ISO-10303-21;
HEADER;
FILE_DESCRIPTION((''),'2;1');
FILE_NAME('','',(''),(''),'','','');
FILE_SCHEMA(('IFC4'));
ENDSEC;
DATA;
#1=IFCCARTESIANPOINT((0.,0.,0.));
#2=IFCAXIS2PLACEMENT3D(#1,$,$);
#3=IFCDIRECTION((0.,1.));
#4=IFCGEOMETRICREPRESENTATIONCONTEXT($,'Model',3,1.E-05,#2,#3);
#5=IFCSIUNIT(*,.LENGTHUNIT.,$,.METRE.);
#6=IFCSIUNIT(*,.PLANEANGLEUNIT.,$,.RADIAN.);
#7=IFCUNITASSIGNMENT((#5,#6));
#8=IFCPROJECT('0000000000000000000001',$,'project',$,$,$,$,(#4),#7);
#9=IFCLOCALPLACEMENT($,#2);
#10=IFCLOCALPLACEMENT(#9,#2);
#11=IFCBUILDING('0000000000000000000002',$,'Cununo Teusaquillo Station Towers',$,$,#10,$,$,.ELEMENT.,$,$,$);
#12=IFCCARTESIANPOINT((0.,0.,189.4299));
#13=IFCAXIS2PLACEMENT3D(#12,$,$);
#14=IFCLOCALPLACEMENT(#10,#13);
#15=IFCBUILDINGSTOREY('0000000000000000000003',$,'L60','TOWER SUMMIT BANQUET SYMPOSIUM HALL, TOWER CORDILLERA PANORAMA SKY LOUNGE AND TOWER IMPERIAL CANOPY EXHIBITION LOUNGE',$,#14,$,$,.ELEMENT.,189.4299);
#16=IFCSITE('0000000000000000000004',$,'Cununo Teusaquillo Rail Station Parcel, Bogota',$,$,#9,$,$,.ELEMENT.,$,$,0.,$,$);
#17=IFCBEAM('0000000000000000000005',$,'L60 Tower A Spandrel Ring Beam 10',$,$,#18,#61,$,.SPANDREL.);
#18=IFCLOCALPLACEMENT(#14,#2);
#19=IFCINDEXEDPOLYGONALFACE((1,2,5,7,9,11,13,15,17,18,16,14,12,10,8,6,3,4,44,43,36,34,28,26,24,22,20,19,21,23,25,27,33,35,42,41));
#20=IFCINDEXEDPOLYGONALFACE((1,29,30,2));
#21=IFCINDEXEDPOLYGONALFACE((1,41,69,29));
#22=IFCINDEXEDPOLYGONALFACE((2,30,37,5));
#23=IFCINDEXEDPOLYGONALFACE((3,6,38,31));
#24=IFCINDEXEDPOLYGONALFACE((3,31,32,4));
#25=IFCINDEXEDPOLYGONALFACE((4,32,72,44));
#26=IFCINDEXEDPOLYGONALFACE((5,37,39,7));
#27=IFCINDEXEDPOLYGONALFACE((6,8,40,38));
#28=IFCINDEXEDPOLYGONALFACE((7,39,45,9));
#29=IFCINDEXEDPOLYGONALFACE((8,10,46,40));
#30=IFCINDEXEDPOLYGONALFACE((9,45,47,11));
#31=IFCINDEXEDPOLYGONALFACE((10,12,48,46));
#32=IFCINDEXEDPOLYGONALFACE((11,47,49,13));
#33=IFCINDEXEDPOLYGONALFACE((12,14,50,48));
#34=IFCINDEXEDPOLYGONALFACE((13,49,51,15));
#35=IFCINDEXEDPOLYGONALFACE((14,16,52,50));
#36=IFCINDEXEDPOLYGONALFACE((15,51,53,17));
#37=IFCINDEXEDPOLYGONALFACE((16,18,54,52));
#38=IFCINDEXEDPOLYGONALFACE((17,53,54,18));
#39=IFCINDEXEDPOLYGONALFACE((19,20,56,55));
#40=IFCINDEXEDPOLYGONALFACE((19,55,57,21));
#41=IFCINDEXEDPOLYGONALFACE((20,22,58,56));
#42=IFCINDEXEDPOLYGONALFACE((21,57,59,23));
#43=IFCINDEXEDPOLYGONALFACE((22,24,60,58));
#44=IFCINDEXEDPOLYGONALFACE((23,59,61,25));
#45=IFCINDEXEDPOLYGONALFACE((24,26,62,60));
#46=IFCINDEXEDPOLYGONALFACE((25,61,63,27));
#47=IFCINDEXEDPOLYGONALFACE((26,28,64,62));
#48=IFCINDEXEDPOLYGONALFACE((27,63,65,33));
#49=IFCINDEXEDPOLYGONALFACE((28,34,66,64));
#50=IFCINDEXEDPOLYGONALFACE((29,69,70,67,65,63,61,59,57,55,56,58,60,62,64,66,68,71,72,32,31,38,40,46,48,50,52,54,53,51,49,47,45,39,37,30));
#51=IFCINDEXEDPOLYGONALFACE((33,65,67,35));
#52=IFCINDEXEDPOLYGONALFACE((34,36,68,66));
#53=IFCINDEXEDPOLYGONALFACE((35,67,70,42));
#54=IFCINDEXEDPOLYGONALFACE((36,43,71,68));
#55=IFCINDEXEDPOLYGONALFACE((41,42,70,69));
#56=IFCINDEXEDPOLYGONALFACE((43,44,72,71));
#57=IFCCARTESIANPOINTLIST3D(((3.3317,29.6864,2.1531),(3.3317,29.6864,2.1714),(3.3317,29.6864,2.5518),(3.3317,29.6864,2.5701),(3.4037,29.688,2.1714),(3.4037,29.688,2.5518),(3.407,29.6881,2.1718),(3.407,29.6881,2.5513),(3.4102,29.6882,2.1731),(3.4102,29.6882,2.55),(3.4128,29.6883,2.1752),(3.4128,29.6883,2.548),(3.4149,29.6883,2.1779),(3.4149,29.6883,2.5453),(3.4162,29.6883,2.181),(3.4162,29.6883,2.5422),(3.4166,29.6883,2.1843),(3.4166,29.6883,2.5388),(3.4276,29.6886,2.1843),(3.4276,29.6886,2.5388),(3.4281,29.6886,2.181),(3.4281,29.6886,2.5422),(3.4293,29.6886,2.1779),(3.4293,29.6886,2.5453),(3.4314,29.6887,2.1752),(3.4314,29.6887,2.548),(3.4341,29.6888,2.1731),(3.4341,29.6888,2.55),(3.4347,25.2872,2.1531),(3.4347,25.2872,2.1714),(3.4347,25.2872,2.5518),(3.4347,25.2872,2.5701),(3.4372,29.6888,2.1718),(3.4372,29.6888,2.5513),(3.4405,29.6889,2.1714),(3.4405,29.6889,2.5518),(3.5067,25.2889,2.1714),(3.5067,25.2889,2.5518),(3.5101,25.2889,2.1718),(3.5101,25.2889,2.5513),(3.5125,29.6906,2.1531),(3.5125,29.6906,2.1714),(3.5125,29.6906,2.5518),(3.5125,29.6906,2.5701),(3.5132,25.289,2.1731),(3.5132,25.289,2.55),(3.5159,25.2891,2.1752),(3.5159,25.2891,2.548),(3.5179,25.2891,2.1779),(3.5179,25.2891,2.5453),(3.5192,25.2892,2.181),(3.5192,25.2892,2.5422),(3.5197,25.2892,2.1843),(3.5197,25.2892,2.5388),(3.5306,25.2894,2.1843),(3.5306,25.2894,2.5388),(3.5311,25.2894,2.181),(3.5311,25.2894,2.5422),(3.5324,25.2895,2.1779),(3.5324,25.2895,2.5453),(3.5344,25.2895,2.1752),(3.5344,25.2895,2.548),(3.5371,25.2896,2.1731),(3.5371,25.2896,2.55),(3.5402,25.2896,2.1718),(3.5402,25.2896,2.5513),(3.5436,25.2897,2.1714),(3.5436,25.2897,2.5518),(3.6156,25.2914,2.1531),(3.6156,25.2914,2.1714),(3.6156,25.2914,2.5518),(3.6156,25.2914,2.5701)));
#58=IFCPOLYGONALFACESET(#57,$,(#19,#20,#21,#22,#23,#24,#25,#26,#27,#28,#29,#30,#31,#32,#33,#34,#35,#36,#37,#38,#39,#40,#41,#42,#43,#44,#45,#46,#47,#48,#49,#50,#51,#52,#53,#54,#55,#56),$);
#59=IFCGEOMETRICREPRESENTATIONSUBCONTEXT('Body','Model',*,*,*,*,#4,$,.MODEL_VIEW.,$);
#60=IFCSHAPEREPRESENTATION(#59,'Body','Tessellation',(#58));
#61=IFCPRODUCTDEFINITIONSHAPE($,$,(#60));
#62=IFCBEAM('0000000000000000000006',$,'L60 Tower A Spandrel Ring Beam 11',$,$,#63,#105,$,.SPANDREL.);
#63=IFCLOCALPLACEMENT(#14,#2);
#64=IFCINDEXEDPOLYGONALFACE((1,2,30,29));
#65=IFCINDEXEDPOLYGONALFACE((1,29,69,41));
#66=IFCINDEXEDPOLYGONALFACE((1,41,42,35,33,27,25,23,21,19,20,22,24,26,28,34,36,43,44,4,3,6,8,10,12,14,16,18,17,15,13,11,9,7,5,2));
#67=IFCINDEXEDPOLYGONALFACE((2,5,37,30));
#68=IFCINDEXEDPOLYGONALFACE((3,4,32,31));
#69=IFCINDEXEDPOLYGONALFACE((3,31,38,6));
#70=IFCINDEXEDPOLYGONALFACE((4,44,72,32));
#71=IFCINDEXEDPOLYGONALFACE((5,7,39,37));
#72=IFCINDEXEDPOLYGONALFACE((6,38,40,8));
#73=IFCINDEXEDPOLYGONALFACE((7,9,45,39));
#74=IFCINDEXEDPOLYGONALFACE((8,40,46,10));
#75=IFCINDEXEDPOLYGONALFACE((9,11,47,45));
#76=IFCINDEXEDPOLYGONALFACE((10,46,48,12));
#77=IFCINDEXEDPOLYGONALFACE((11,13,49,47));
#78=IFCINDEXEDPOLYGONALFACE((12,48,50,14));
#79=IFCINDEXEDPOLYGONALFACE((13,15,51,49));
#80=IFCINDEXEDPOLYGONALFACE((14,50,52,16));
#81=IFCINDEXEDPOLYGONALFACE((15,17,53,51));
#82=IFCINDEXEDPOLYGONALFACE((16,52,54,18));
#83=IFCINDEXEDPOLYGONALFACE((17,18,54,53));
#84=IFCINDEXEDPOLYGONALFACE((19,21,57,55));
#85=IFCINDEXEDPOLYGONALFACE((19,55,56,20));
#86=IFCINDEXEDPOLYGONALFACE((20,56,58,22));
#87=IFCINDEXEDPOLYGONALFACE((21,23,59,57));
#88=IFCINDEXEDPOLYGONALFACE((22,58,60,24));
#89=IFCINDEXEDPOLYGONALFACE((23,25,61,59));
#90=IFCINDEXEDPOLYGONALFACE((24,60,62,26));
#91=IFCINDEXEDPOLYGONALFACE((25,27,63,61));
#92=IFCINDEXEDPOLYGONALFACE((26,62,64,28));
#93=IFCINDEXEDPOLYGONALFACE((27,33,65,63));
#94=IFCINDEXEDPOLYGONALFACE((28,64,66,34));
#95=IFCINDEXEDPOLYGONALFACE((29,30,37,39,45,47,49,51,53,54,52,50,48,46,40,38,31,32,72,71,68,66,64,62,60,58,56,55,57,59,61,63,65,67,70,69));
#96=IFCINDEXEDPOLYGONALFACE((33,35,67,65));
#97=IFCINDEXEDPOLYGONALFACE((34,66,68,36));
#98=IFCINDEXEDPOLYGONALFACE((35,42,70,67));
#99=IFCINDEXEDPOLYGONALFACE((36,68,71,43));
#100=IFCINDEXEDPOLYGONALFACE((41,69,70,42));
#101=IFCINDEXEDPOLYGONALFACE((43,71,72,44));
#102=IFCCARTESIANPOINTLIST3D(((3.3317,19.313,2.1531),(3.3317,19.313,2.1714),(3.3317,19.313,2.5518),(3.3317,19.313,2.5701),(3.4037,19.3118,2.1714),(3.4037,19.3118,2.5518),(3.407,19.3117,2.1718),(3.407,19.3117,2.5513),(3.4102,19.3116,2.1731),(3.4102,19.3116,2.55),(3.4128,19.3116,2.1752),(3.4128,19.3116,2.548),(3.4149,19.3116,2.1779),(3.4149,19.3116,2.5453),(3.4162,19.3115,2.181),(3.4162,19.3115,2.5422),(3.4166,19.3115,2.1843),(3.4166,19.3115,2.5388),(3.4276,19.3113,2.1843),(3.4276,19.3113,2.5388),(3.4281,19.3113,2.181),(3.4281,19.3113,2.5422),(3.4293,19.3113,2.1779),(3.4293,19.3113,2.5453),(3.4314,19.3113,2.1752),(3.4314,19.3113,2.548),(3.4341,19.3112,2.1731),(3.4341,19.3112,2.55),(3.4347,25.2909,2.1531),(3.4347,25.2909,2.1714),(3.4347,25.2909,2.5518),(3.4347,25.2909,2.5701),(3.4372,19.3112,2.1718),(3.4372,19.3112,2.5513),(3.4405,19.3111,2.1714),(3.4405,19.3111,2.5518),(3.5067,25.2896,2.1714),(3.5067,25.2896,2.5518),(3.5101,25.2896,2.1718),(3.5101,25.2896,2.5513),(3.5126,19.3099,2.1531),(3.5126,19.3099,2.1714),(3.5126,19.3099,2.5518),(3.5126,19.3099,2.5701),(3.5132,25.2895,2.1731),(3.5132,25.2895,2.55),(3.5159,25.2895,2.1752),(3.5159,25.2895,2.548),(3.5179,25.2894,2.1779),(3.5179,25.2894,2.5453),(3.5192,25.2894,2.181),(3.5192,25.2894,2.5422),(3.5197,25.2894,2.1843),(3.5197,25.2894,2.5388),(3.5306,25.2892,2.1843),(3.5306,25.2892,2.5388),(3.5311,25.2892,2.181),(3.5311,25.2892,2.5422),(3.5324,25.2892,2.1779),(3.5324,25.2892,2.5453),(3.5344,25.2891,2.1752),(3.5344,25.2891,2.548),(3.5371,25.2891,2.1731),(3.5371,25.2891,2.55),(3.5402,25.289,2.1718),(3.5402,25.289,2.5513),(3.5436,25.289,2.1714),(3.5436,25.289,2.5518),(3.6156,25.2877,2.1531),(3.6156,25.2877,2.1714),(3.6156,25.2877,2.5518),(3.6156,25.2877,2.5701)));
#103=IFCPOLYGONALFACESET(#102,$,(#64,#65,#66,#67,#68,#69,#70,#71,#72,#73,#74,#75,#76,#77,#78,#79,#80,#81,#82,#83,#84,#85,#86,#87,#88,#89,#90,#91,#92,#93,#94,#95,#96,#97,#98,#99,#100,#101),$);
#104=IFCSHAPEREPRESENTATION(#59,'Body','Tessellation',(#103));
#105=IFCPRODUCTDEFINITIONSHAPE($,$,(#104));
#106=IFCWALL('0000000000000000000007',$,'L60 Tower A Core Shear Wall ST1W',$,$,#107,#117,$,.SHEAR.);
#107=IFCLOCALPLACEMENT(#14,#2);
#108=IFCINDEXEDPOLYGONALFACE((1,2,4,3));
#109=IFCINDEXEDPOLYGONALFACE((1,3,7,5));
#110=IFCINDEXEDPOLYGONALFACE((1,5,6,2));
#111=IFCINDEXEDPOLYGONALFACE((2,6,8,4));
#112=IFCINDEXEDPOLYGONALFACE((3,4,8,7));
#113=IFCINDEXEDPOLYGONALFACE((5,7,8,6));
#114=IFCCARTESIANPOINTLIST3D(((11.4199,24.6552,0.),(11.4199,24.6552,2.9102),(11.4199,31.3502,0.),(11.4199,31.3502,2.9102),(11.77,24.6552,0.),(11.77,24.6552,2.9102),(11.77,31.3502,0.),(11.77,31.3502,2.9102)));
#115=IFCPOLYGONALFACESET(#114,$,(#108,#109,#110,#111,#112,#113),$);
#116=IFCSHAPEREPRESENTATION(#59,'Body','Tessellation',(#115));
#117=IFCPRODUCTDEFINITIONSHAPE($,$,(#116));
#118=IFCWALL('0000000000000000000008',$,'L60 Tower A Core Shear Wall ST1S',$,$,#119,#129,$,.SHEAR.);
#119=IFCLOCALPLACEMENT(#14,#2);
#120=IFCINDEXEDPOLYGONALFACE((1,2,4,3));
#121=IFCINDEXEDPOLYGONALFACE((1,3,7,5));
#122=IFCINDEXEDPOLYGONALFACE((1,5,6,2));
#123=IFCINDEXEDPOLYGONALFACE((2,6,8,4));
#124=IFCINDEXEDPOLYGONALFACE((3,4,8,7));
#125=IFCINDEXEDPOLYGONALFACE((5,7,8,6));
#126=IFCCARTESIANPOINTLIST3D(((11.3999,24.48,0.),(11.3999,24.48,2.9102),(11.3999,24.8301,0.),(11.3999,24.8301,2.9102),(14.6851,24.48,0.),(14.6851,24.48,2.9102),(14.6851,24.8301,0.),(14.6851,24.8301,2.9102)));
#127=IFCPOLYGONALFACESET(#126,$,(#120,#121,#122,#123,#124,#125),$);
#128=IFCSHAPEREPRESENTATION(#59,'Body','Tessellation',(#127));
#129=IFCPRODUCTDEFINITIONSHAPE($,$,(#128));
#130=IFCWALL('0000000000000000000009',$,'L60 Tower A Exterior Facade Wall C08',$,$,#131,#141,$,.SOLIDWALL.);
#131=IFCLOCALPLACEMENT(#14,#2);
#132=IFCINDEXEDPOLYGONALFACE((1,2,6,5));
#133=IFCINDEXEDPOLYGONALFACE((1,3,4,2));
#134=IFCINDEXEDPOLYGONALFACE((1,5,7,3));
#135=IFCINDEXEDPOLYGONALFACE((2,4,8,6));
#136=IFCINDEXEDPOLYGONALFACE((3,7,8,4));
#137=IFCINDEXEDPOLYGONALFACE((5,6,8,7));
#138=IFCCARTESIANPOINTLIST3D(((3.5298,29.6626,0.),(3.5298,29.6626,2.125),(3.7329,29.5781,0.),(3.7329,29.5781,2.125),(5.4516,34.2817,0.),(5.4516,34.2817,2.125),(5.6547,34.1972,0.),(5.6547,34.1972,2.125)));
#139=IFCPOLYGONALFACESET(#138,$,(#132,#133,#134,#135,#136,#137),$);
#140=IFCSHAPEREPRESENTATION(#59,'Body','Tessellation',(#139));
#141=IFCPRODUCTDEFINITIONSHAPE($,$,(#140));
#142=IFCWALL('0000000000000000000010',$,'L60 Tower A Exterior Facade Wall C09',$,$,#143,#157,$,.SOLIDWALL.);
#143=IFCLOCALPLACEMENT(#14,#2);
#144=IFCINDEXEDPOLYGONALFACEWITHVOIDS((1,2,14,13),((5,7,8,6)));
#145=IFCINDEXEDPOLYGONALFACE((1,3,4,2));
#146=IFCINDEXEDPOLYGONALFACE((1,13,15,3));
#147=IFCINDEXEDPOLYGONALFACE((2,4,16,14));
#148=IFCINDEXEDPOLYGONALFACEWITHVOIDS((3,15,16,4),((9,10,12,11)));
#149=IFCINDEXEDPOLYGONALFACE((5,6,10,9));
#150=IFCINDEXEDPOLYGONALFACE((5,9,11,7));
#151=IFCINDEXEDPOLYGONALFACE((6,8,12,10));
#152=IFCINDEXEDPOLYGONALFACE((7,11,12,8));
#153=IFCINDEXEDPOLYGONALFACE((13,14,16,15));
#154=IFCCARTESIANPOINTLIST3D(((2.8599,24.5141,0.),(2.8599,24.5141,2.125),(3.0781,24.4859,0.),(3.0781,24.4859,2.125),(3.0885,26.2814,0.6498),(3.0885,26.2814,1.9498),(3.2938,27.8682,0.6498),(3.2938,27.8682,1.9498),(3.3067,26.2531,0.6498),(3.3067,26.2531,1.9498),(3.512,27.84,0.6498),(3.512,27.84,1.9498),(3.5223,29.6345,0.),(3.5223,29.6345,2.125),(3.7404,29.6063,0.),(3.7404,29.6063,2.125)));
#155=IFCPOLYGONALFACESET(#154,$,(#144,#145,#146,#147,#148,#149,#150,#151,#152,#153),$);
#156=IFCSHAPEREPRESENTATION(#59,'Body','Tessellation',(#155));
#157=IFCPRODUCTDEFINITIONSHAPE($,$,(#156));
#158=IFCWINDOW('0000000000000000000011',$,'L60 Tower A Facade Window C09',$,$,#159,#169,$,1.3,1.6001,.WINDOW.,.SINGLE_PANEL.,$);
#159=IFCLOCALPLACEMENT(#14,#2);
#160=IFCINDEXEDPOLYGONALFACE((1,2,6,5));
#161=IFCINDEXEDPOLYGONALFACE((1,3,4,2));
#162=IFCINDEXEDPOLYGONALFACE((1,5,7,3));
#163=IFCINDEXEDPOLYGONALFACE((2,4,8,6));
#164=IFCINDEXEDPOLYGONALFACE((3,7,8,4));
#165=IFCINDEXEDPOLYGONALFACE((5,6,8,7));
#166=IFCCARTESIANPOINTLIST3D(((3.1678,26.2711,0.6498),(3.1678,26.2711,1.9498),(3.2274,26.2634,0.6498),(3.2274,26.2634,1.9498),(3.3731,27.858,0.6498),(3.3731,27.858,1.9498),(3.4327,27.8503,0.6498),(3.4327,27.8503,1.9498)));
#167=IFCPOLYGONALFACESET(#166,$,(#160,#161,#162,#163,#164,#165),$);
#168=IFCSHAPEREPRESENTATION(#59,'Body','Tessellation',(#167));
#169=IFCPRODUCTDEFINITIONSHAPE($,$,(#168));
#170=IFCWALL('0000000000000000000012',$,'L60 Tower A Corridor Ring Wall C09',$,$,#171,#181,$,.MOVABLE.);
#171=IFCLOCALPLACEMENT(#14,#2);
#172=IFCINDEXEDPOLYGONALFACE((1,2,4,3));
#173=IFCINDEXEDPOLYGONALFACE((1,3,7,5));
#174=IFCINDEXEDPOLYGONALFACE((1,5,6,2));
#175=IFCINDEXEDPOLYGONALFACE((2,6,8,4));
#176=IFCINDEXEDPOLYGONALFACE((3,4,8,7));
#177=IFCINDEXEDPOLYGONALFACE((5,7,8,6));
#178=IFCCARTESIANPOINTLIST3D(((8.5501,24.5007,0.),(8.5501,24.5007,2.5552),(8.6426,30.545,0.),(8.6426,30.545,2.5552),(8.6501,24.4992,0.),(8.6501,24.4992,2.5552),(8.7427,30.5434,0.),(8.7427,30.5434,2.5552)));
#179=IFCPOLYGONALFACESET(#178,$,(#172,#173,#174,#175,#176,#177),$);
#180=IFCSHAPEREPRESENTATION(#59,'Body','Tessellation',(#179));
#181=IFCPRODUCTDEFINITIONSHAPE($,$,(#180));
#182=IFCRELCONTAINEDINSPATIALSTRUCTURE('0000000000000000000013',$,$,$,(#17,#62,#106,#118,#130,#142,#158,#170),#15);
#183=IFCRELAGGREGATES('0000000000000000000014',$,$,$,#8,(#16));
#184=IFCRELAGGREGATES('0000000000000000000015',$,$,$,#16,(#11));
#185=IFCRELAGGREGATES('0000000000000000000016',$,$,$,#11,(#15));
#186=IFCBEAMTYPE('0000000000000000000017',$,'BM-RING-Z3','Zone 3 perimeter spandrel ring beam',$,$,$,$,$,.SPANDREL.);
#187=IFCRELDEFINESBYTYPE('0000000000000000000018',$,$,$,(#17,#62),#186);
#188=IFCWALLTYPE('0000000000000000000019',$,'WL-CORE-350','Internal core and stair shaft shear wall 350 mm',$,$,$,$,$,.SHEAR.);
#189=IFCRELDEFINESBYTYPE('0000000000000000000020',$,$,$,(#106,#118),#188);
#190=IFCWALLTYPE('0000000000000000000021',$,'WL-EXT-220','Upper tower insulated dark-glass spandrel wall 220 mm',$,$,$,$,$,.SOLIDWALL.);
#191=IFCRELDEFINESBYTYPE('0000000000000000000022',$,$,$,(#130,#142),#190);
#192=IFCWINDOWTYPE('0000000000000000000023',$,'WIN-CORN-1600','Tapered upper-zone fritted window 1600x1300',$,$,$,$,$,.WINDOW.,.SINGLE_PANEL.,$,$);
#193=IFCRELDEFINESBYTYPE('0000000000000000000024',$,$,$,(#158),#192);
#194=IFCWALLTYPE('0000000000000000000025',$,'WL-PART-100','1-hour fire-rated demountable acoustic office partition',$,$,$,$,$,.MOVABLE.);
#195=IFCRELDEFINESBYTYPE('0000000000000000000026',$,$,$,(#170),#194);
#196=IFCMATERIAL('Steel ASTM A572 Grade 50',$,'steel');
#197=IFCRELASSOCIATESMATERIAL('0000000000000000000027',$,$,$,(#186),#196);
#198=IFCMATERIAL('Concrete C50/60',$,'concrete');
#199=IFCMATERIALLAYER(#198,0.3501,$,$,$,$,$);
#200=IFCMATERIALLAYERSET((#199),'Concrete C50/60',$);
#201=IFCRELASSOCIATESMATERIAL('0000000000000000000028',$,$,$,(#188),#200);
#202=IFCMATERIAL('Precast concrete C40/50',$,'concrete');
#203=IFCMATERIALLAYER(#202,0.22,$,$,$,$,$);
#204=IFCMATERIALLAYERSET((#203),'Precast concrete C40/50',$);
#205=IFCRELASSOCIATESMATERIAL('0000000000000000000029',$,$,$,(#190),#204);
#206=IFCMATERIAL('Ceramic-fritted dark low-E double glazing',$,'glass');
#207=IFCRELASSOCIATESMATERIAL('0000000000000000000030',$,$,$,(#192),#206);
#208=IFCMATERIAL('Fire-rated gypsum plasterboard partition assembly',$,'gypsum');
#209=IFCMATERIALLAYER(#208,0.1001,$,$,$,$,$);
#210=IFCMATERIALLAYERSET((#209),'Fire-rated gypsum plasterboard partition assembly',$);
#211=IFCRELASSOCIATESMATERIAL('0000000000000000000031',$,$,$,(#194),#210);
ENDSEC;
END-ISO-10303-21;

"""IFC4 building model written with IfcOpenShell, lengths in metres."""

from ifc_helpers import new_model, si_unit, direction, frame, frame_2d, origin, origin_2d, place, context, subcontext, project, spatial, rectangle, i_section, extrude, source, transform, mapped, material, layer, layer_set, material_profile, profile_set, type_object, element, fill, save


model = new_model("IFC4")

# Units and contexts
model_context = context("Model", 3, precision=1e-05, world=origin(), true_north=direction((0.0, 1.0)))
body_context = subcontext(model_context, "Body", "Model", "MODEL_VIEW")
ifc_project = project(units=[si_unit("LENGTHUNIT", "METRE"), si_unit("PLANEANGLEUNIT", "RADIAN")], contexts=[model_context])

# Site, building, storey
site_placement = place(None, origin())
site = spatial("IfcSite", under=ifc_project, at=site_placement, Name="Cununo Teusaquillo Rail Station Parcel, Bogota", CompositionType="ELEMENT", RefElevation=0.0)
building_placement = place(site_placement, origin())
building = spatial("IfcBuilding", under=site, at=building_placement, Name="Cununo Teusaquillo Station Towers", CompositionType="ELEMENT")
storey_placement = place(building_placement, frame((0.0, 0.0, 189.4299)))
storey = spatial("IfcBuildingStorey", under=building, at=storey_placement, Name="L60", Description="TOWER SUMMIT BANQUET SYMPOSIUM HALL, TOWER CORDILLERA PANORAMA SKY LOUNGE AND TOWER IMPERIAL CANOPY EXHIBITION LOUNGE", CompositionType="ELEMENT", Elevation=189.4299)

# Beams
ifc_material_1 = material(Name="Steel ASTM A572 Grade 50", Category="steel")
ifc_material_profile_1 = material_profile(ifc_material_1, i_section(OverallWidth=0.1809, OverallDepth=0.417, WebThickness=0.011, FlangeThickness=0.0183, FilletRadius=0.0129, at=origin_2d()), Name="W16X57")
ifc_profile_set_1 = profile_set([ifc_material_profile_1], Name="Steel ASTM A572 Grade 50")
beam_type_1 = type_object("IfcBeamType", Name="BM-RING-Z3", Description="Zone 3 perimeter spandrel ring beam", PredefinedType="SPANDREL", material=ifc_profile_set_1)
beam_1_placement = place(storey_placement, frame((3.4221, 29.6885, 2.3616), z_axis=(0.023413, -0.999726, 0.0), x_axis=(0.999726, 0.023413, 0.0)))
element("IfcBeam", 1, at=beam_1_placement, inside=storey, type_object=beam_type_1, Name="L60 Tower A Spandrel Ring Beam 10", PredefinedType="SPANDREL", context=body_context, shape_type="SweptSolid", body=[
    extrude(i_section(OverallWidth=0.1809, OverallDepth=0.417, WebThickness=0.011, FlangeThickness=0.0183, FilletRadius=0.0129, at=origin_2d()), origin(), (0.0, 0.0, 1.0), 4.4004),
])
beam_2_placement = place(storey_placement, frame((3.5251, 25.2893, 2.3616), z_axis=(-0.017232, -0.999852, 0.0), x_axis=(0.999852, -0.017232, 0.0)))
element("IfcBeam", 2, at=beam_2_placement, inside=storey, type_object=beam_type_1, Name="L60 Tower A Spandrel Ring Beam 11", PredefinedType="SPANDREL", context=body_context, shape_type="SweptSolid", body=[
    extrude(i_section(OverallWidth=0.1809, OverallDepth=0.417, WebThickness=0.011, FlangeThickness=0.0183, FilletRadius=0.0129, at=origin_2d()), origin(), (0.0, 0.0, 1.0), 5.9788),
])

# Walls
ifc_material_2 = material(Name="Concrete C50/60", Category="concrete")
ifc_layer_1 = layer(ifc_material_2, 0.3501)
ifc_layer_set_1 = layer_set([ifc_layer_1], Name="Concrete C50/60")
wall_type_1 = type_object("IfcWallType", Name="WL-CORE-350", Description="Internal core and stair shaft shear wall 350 mm", PredefinedType="SHEAR", material=ifc_layer_set_1)
wall_1_placement = place(storey_placement, frame((11.595, 24.655, 0.0), z_axis=(0.0, 0.0, 1.0), x_axis=(0.0, 1.0, 0.0)))
element("IfcWall", 3, at=wall_1_placement, inside=storey, type_object=wall_type_1, Name="L60 Tower A Core Shear Wall ST1W", PredefinedType="SHEAR", context=body_context, shape_type="SweptSolid", body=[
    extrude(rectangle(XDim=6.6951, YDim=0.3501, at=frame_2d((3.3477, 0.0))), origin(), (0.0, 0.0, 1.0), 2.9102),
])
wall_2_placement = place(storey_placement, frame((11.3999, 24.655, 0.0), z_axis=(0.0, 0.0, 1.0), x_axis=(1.0, 0.0, 0.0)))
element("IfcWall", 4, at=wall_2_placement, inside=storey, type_object=wall_type_1, Name="L60 Tower A Core Shear Wall ST1S", PredefinedType="SHEAR", context=body_context, shape_type="SweptSolid", body=[
    extrude(rectangle(XDim=3.2852, YDim=0.3501, at=frame_2d((1.6426, 0.0))), origin(), (0.0, 0.0, 1.0), 2.9102),
])
ifc_material_3 = material(Name="Precast concrete C40/50", Category="concrete")
ifc_layer_2 = layer(ifc_material_3, 0.22)
ifc_layer_set_2 = layer_set([ifc_layer_2], Name="Precast concrete C40/50")
wall_type_2 = type_object("IfcWallType", Name="WL-EXT-220", Description="Upper tower insulated dark-glass spandrel wall 220 mm", PredefinedType="SOLIDWALL", material=ifc_layer_set_2)
wall_3_placement = place(storey_placement, frame((3.6313, 29.6204, 0.0), z_axis=(0.0, 0.0, 1.0), x_axis=(0.384144, 0.923273, 0.0)))
element("IfcWall", 5, at=wall_3_placement, inside=storey, type_object=wall_type_2, Name="L60 Tower A Exterior Facade Wall C08", PredefinedType="SOLIDWALL", context=body_context, shape_type="SweptSolid", body=[
    extrude(rectangle(XDim=5.0029, YDim=0.22, at=frame_2d((2.5015, 0.0))), origin(), (0.0, 0.0, 1.0), 2.125),
])

# Wall, opening, window
wall_4_placement = place(storey_placement, frame((2.969, 24.5, 0.0), z_axis=(0.0, 0.0, 1.0), x_axis=(0.128288, 0.991737, 0.0)))
wall_4 = element("IfcWall", 6, at=wall_4_placement, inside=storey, type_object=wall_type_2, Name="L60 Tower A Exterior Facade Wall C09", PredefinedType="SOLIDWALL", context=body_context, shape_type="SweptSolid", body=[
    extrude(rectangle(XDim=5.1631, YDim=0.22, at=frame_2d((2.5815, 0.0))), origin(), (0.0, 0.0, 1.0), 2.125),
])
shared_shape_1 = source(origin(), body_context, "Body", "SweptSolid", [
    extrude(rectangle(XDim=1.6001, YDim=1.3, at=frame_2d((0.8, 0.6499))), frame((0.0, 0.1199, 0.0), z_axis=(0.0, -1.0, 0.0), x_axis=(1.0, 0.0, 0.0)), (0.0, 0.0, 1.0), 0.24),
])
opening_1_placement = place(wall_4_placement, frame((1.782, 0.0, 0.6499)))
opening_1 = element("IfcOpeningElement", 7, at=opening_1_placement, cuts=wall_4, PredefinedType="OPENING", context=body_context, shape_type="MappedRepresentation", body=[
    mapped(shared_shape_1, transform((0.0, 0.0, 0.0), x_axis=(1.0, 0.0, 0.0), y_axis=(0.0, 1.0, 0.0), z_axis=(0.0, 0.0, 1.0), scale=1.0)),
])
ifc_material_4 = material(Name="Ceramic-fritted dark low-E double glazing", Category="glass")
window_type = type_object("IfcWindowType", Name="WIN-CORN-1600", Description="Tapered upper-zone fritted window 1600x1300", PartitioningType="SINGLE_PANEL", PredefinedType="WINDOW", material=ifc_material_4)
shared_shape_2 = source(origin(), body_context, "Body", "SweptSolid", [
    extrude(rectangle(XDim=1.6001, YDim=1.3, at=frame_2d((0.8, 0.6499))), frame((0.0, 0.03, 0.0), z_axis=(0.0, -1.0, 0.0), x_axis=(1.0, 0.0, 0.0)), (0.0, 0.0, 1.0), 0.0601),
])
window_placement = place(opening_1_placement, origin())
window = element("IfcWindow", 8, at=window_placement, inside=storey, type_object=window_type, Name="L60 Tower A Facade Window C09", OverallHeight=1.3, OverallWidth=1.6001, PartitioningType="SINGLE_PANEL", PredefinedType="WINDOW", context=body_context, shape_type="MappedRepresentation", body=[
    mapped(shared_shape_2, transform((0.0, 0.0, 0.0), x_axis=(1.0, 0.0, 0.0), y_axis=(0.0, 1.0, 0.0), z_axis=(0.0, 0.0, 1.0), scale=1.0)),
])
fill(opening_1, window)

# Wall
ifc_material_5 = material(Name="Fire-rated gypsum plasterboard partition assembly", Category="gypsum")
ifc_layer_3 = layer(ifc_material_5, 0.1001)
ifc_layer_set_3 = layer_set([ifc_layer_3], Name="Fire-rated gypsum plasterboard partition assembly")
wall_type_3 = type_object("IfcWallType", Name="WL-PART-100", Description="1-hour fire-rated demountable acoustic office partition", PredefinedType="MOVABLE", material=ifc_layer_set_3)
wall_5_placement = place(storey_placement, frame((8.6926, 30.5442, 0.0), z_axis=(0.0, 0.0, 1.0), x_axis=(-0.015307, -0.999883, 0.0)))
element("IfcWall", 9, at=wall_5_placement, inside=storey, type_object=wall_type_3, Name="L60 Tower A Corridor Ring Wall C09", PredefinedType="MOVABLE", context=body_context, shape_type="SweptSolid", body=[
    extrude(rectangle(XDim=6.0449, YDim=0.1001, at=frame_2d((3.0225, 0.0))), origin(), (0.0, 0.0, 1.0), 2.5552),
])

save(model, "model.ifc")
